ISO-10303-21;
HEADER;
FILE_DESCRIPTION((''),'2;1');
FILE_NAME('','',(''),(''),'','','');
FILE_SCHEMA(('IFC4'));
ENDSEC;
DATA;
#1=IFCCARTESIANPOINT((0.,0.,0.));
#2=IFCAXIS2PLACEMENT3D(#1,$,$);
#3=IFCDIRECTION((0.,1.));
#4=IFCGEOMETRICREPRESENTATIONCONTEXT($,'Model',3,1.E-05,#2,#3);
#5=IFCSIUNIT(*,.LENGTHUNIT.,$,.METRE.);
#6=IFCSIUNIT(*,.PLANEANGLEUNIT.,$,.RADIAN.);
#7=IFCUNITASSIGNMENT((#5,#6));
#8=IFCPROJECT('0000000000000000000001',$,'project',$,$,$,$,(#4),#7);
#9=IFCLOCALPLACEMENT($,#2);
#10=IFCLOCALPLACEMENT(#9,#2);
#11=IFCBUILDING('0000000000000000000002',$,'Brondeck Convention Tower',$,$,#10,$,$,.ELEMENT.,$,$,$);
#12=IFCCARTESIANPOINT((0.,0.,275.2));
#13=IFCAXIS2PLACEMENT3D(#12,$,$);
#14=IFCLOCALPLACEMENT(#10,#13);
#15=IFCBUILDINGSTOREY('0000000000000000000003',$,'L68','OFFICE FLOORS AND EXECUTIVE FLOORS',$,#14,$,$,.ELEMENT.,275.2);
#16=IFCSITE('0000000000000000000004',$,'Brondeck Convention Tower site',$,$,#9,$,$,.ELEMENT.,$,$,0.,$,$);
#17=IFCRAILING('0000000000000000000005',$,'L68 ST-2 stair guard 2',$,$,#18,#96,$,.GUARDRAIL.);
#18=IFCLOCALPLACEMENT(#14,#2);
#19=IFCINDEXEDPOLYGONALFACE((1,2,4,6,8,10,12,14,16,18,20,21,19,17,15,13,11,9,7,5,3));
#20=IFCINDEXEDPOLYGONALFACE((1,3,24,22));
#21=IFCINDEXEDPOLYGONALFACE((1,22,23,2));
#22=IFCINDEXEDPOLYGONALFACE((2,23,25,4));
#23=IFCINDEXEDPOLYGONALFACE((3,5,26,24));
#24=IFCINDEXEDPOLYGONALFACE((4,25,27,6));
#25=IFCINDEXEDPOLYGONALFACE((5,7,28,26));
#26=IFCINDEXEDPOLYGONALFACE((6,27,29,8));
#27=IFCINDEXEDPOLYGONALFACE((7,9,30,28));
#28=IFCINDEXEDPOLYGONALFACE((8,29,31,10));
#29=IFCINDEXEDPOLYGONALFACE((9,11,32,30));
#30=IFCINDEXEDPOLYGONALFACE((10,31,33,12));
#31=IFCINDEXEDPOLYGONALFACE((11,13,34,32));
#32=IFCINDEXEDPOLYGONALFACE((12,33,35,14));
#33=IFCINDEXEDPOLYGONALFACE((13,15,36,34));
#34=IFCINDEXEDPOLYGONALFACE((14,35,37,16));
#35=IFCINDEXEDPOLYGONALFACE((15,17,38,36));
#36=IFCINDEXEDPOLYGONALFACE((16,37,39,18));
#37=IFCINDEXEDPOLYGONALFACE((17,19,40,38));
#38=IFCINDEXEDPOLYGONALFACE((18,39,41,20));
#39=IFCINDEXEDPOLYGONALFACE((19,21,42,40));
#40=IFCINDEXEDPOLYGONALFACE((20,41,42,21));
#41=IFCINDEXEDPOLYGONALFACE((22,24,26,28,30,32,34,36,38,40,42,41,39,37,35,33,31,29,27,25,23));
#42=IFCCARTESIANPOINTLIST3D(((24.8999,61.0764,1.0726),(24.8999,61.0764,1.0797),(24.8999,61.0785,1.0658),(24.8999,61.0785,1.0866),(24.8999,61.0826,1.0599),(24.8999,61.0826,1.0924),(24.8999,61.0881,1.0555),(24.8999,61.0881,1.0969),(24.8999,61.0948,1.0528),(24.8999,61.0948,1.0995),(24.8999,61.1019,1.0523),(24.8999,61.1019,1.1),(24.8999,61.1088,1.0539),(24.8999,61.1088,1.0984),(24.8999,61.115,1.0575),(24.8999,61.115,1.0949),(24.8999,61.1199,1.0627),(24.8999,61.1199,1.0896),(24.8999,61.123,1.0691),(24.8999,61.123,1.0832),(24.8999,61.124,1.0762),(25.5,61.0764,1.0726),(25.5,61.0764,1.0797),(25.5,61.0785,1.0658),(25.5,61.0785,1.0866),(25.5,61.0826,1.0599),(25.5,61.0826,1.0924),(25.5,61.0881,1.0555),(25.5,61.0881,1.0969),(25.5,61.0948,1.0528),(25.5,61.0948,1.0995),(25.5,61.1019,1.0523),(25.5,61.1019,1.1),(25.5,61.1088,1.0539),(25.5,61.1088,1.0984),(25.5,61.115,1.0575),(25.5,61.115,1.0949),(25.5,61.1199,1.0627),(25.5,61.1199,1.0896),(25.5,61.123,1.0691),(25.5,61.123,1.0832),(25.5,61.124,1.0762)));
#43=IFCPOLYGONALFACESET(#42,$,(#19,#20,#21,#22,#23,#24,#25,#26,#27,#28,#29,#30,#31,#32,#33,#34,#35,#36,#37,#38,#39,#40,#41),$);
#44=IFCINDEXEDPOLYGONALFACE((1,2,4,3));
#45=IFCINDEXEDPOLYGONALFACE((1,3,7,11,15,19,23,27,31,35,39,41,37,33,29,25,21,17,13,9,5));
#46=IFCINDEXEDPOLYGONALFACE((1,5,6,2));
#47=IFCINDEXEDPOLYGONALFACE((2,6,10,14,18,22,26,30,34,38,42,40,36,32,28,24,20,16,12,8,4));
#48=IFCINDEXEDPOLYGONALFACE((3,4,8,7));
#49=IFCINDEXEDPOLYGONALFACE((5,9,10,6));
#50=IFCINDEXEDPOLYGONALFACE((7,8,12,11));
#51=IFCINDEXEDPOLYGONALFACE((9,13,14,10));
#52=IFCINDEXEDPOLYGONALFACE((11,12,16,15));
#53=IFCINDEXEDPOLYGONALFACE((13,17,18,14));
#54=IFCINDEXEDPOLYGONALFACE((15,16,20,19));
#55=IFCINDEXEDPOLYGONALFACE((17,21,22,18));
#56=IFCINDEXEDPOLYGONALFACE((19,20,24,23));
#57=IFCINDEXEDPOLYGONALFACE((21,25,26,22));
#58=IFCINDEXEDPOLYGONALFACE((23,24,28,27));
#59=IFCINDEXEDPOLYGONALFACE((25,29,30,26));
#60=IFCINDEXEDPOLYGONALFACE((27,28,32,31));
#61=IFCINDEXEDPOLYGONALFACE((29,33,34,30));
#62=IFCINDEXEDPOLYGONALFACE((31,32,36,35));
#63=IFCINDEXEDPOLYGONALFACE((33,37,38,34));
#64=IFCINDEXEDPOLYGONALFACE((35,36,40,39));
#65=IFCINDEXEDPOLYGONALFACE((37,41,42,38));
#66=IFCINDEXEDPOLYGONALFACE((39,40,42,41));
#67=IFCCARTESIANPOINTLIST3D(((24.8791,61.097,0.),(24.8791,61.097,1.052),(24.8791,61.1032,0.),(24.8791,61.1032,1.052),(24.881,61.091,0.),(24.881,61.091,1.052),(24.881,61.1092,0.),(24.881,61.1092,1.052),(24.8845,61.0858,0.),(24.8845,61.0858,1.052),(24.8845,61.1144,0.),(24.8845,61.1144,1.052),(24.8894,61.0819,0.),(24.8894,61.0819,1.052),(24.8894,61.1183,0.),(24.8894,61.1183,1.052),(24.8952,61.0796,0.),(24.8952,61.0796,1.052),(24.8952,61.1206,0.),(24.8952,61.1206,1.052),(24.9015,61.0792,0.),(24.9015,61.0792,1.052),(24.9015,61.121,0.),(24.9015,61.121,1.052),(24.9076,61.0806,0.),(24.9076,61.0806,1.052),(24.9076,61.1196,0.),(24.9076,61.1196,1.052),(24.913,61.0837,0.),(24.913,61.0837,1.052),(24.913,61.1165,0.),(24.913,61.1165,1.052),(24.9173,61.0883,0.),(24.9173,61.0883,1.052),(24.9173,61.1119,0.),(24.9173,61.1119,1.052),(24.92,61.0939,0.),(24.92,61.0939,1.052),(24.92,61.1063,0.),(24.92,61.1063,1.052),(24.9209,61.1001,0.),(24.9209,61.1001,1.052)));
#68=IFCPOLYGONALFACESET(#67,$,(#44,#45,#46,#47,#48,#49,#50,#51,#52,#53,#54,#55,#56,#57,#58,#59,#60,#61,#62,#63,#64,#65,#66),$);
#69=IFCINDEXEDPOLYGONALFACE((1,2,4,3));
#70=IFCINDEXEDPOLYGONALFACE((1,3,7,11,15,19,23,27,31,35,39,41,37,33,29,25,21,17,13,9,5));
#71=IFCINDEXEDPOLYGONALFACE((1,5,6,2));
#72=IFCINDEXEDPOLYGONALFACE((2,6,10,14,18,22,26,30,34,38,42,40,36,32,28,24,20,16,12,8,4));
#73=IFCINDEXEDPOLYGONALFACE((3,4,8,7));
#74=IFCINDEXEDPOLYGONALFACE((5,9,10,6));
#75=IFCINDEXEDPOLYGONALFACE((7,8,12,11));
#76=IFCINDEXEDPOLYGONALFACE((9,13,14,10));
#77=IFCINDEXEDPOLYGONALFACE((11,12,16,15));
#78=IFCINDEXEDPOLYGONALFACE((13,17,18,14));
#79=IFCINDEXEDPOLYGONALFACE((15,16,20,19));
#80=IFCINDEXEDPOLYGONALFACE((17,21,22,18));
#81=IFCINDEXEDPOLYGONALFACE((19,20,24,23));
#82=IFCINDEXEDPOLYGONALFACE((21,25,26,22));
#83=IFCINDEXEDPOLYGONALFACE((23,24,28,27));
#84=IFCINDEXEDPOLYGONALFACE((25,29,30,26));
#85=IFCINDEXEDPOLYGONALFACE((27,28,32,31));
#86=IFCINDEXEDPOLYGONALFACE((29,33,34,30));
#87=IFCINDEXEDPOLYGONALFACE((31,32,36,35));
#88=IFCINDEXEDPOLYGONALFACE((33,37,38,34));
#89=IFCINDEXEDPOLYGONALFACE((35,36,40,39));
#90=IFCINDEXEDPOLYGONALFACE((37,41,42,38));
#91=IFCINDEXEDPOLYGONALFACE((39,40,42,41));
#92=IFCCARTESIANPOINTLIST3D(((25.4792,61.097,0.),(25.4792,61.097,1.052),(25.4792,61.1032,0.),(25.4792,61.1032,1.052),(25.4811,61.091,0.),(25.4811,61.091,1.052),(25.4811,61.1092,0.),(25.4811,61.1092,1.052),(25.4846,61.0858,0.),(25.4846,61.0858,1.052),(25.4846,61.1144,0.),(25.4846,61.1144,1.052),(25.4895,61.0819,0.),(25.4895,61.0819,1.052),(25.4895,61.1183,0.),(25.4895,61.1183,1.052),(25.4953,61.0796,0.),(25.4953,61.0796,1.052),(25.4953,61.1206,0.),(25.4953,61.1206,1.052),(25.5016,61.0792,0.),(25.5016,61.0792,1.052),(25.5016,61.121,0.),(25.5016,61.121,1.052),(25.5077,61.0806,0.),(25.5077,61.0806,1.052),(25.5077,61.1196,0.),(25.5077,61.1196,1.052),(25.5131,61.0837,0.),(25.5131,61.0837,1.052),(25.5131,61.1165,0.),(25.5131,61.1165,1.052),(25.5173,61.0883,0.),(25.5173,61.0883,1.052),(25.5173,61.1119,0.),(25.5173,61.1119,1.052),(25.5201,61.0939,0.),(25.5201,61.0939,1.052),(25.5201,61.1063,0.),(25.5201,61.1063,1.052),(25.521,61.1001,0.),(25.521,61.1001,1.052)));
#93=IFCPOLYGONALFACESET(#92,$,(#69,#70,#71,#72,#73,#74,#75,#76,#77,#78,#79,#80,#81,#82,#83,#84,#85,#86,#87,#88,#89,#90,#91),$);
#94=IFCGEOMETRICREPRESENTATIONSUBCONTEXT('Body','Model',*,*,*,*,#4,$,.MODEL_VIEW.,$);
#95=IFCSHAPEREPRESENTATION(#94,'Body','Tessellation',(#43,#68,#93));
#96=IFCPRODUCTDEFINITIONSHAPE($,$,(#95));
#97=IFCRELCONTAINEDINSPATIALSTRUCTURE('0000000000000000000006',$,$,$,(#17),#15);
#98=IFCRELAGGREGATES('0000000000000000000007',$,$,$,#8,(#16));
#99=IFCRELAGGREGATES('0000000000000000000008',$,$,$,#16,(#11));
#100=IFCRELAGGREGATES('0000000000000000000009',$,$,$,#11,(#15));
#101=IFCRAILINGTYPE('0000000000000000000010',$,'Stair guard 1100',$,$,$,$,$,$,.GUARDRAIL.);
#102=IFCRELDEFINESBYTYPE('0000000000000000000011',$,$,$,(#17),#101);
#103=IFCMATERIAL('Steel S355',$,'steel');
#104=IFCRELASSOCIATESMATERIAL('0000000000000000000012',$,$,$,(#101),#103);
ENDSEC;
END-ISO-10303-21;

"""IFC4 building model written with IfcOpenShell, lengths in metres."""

from ifc_helpers import new_model, si_unit, direction, frame, origin, origin_2d, place, context, subcontext, project, spatial, circle, extrude, material, type_object, element, save


model = new_model("IFC4")

# Units and contexts
model_context = context("Model", 3, precision=1e-05, world=origin(), true_north=direction((0.0, 1.0)))
body_context = subcontext(model_context, "Body", "Model", "MODEL_VIEW")
ifc_project = project(units=[si_unit("LENGTHUNIT", "METRE"), si_unit("PLANEANGLEUNIT", "RADIAN")], contexts=[model_context])

# Site, building, storey
site_placement = place(None, origin())
site = spatial("IfcSite", under=ifc_project, at=site_placement, Name="Brondeck Convention Tower site", CompositionType="ELEMENT", RefElevation=0.0)
building_placement = place(site_placement, origin())
building = spatial("IfcBuilding", under=site, at=building_placement, Name="Brondeck Convention Tower", CompositionType="ELEMENT")
storey_placement = place(building_placement, frame((0.0, 0.0, 275.2)))
storey = spatial("IfcBuildingStorey", under=building, at=storey_placement, Name="L68", Description="OFFICE FLOORS AND EXECUTIVE FLOORS", CompositionType="ELEMENT", Elevation=275.2)

# Railing
ifc_material_1 = material(Name="Steel S355", Category="steel")
railing_type_1 = type_object("IfcRailingType", Name="Stair guard 1100", PredefinedType="GUARDRAIL", material=ifc_material_1)
railing_1_placement = place(storey_placement, frame((24.8999, 61.1001, 0.0)))
element("IfcRailing", 1, at=railing_1_placement, inside=storey, type_object=railing_type_1, Name="L68 ST-2 stair guard 2", PredefinedType="GUARDRAIL", context=body_context, shape_type="SweptSolid", body=[
    extrude(circle(Radius=0.0239, at=origin_2d()), frame((0.0, 0.0, 1.0762), z_axis=(1.0, 0.0, 0.0), x_axis=(0.0, 1.0, 0.0)), (0.0, 0.0, 1.0), 0.6001),
    extrude(circle(Radius=0.021, at=origin_2d()), origin(), (0.0, 0.0, 1.0), 1.052),
    extrude(circle(Radius=0.021, at=origin_2d()), frame((0.6001, 0.0, 0.0)), (0.0, 0.0, 1.0), 1.052),
])

save(model, "model.ifc")
